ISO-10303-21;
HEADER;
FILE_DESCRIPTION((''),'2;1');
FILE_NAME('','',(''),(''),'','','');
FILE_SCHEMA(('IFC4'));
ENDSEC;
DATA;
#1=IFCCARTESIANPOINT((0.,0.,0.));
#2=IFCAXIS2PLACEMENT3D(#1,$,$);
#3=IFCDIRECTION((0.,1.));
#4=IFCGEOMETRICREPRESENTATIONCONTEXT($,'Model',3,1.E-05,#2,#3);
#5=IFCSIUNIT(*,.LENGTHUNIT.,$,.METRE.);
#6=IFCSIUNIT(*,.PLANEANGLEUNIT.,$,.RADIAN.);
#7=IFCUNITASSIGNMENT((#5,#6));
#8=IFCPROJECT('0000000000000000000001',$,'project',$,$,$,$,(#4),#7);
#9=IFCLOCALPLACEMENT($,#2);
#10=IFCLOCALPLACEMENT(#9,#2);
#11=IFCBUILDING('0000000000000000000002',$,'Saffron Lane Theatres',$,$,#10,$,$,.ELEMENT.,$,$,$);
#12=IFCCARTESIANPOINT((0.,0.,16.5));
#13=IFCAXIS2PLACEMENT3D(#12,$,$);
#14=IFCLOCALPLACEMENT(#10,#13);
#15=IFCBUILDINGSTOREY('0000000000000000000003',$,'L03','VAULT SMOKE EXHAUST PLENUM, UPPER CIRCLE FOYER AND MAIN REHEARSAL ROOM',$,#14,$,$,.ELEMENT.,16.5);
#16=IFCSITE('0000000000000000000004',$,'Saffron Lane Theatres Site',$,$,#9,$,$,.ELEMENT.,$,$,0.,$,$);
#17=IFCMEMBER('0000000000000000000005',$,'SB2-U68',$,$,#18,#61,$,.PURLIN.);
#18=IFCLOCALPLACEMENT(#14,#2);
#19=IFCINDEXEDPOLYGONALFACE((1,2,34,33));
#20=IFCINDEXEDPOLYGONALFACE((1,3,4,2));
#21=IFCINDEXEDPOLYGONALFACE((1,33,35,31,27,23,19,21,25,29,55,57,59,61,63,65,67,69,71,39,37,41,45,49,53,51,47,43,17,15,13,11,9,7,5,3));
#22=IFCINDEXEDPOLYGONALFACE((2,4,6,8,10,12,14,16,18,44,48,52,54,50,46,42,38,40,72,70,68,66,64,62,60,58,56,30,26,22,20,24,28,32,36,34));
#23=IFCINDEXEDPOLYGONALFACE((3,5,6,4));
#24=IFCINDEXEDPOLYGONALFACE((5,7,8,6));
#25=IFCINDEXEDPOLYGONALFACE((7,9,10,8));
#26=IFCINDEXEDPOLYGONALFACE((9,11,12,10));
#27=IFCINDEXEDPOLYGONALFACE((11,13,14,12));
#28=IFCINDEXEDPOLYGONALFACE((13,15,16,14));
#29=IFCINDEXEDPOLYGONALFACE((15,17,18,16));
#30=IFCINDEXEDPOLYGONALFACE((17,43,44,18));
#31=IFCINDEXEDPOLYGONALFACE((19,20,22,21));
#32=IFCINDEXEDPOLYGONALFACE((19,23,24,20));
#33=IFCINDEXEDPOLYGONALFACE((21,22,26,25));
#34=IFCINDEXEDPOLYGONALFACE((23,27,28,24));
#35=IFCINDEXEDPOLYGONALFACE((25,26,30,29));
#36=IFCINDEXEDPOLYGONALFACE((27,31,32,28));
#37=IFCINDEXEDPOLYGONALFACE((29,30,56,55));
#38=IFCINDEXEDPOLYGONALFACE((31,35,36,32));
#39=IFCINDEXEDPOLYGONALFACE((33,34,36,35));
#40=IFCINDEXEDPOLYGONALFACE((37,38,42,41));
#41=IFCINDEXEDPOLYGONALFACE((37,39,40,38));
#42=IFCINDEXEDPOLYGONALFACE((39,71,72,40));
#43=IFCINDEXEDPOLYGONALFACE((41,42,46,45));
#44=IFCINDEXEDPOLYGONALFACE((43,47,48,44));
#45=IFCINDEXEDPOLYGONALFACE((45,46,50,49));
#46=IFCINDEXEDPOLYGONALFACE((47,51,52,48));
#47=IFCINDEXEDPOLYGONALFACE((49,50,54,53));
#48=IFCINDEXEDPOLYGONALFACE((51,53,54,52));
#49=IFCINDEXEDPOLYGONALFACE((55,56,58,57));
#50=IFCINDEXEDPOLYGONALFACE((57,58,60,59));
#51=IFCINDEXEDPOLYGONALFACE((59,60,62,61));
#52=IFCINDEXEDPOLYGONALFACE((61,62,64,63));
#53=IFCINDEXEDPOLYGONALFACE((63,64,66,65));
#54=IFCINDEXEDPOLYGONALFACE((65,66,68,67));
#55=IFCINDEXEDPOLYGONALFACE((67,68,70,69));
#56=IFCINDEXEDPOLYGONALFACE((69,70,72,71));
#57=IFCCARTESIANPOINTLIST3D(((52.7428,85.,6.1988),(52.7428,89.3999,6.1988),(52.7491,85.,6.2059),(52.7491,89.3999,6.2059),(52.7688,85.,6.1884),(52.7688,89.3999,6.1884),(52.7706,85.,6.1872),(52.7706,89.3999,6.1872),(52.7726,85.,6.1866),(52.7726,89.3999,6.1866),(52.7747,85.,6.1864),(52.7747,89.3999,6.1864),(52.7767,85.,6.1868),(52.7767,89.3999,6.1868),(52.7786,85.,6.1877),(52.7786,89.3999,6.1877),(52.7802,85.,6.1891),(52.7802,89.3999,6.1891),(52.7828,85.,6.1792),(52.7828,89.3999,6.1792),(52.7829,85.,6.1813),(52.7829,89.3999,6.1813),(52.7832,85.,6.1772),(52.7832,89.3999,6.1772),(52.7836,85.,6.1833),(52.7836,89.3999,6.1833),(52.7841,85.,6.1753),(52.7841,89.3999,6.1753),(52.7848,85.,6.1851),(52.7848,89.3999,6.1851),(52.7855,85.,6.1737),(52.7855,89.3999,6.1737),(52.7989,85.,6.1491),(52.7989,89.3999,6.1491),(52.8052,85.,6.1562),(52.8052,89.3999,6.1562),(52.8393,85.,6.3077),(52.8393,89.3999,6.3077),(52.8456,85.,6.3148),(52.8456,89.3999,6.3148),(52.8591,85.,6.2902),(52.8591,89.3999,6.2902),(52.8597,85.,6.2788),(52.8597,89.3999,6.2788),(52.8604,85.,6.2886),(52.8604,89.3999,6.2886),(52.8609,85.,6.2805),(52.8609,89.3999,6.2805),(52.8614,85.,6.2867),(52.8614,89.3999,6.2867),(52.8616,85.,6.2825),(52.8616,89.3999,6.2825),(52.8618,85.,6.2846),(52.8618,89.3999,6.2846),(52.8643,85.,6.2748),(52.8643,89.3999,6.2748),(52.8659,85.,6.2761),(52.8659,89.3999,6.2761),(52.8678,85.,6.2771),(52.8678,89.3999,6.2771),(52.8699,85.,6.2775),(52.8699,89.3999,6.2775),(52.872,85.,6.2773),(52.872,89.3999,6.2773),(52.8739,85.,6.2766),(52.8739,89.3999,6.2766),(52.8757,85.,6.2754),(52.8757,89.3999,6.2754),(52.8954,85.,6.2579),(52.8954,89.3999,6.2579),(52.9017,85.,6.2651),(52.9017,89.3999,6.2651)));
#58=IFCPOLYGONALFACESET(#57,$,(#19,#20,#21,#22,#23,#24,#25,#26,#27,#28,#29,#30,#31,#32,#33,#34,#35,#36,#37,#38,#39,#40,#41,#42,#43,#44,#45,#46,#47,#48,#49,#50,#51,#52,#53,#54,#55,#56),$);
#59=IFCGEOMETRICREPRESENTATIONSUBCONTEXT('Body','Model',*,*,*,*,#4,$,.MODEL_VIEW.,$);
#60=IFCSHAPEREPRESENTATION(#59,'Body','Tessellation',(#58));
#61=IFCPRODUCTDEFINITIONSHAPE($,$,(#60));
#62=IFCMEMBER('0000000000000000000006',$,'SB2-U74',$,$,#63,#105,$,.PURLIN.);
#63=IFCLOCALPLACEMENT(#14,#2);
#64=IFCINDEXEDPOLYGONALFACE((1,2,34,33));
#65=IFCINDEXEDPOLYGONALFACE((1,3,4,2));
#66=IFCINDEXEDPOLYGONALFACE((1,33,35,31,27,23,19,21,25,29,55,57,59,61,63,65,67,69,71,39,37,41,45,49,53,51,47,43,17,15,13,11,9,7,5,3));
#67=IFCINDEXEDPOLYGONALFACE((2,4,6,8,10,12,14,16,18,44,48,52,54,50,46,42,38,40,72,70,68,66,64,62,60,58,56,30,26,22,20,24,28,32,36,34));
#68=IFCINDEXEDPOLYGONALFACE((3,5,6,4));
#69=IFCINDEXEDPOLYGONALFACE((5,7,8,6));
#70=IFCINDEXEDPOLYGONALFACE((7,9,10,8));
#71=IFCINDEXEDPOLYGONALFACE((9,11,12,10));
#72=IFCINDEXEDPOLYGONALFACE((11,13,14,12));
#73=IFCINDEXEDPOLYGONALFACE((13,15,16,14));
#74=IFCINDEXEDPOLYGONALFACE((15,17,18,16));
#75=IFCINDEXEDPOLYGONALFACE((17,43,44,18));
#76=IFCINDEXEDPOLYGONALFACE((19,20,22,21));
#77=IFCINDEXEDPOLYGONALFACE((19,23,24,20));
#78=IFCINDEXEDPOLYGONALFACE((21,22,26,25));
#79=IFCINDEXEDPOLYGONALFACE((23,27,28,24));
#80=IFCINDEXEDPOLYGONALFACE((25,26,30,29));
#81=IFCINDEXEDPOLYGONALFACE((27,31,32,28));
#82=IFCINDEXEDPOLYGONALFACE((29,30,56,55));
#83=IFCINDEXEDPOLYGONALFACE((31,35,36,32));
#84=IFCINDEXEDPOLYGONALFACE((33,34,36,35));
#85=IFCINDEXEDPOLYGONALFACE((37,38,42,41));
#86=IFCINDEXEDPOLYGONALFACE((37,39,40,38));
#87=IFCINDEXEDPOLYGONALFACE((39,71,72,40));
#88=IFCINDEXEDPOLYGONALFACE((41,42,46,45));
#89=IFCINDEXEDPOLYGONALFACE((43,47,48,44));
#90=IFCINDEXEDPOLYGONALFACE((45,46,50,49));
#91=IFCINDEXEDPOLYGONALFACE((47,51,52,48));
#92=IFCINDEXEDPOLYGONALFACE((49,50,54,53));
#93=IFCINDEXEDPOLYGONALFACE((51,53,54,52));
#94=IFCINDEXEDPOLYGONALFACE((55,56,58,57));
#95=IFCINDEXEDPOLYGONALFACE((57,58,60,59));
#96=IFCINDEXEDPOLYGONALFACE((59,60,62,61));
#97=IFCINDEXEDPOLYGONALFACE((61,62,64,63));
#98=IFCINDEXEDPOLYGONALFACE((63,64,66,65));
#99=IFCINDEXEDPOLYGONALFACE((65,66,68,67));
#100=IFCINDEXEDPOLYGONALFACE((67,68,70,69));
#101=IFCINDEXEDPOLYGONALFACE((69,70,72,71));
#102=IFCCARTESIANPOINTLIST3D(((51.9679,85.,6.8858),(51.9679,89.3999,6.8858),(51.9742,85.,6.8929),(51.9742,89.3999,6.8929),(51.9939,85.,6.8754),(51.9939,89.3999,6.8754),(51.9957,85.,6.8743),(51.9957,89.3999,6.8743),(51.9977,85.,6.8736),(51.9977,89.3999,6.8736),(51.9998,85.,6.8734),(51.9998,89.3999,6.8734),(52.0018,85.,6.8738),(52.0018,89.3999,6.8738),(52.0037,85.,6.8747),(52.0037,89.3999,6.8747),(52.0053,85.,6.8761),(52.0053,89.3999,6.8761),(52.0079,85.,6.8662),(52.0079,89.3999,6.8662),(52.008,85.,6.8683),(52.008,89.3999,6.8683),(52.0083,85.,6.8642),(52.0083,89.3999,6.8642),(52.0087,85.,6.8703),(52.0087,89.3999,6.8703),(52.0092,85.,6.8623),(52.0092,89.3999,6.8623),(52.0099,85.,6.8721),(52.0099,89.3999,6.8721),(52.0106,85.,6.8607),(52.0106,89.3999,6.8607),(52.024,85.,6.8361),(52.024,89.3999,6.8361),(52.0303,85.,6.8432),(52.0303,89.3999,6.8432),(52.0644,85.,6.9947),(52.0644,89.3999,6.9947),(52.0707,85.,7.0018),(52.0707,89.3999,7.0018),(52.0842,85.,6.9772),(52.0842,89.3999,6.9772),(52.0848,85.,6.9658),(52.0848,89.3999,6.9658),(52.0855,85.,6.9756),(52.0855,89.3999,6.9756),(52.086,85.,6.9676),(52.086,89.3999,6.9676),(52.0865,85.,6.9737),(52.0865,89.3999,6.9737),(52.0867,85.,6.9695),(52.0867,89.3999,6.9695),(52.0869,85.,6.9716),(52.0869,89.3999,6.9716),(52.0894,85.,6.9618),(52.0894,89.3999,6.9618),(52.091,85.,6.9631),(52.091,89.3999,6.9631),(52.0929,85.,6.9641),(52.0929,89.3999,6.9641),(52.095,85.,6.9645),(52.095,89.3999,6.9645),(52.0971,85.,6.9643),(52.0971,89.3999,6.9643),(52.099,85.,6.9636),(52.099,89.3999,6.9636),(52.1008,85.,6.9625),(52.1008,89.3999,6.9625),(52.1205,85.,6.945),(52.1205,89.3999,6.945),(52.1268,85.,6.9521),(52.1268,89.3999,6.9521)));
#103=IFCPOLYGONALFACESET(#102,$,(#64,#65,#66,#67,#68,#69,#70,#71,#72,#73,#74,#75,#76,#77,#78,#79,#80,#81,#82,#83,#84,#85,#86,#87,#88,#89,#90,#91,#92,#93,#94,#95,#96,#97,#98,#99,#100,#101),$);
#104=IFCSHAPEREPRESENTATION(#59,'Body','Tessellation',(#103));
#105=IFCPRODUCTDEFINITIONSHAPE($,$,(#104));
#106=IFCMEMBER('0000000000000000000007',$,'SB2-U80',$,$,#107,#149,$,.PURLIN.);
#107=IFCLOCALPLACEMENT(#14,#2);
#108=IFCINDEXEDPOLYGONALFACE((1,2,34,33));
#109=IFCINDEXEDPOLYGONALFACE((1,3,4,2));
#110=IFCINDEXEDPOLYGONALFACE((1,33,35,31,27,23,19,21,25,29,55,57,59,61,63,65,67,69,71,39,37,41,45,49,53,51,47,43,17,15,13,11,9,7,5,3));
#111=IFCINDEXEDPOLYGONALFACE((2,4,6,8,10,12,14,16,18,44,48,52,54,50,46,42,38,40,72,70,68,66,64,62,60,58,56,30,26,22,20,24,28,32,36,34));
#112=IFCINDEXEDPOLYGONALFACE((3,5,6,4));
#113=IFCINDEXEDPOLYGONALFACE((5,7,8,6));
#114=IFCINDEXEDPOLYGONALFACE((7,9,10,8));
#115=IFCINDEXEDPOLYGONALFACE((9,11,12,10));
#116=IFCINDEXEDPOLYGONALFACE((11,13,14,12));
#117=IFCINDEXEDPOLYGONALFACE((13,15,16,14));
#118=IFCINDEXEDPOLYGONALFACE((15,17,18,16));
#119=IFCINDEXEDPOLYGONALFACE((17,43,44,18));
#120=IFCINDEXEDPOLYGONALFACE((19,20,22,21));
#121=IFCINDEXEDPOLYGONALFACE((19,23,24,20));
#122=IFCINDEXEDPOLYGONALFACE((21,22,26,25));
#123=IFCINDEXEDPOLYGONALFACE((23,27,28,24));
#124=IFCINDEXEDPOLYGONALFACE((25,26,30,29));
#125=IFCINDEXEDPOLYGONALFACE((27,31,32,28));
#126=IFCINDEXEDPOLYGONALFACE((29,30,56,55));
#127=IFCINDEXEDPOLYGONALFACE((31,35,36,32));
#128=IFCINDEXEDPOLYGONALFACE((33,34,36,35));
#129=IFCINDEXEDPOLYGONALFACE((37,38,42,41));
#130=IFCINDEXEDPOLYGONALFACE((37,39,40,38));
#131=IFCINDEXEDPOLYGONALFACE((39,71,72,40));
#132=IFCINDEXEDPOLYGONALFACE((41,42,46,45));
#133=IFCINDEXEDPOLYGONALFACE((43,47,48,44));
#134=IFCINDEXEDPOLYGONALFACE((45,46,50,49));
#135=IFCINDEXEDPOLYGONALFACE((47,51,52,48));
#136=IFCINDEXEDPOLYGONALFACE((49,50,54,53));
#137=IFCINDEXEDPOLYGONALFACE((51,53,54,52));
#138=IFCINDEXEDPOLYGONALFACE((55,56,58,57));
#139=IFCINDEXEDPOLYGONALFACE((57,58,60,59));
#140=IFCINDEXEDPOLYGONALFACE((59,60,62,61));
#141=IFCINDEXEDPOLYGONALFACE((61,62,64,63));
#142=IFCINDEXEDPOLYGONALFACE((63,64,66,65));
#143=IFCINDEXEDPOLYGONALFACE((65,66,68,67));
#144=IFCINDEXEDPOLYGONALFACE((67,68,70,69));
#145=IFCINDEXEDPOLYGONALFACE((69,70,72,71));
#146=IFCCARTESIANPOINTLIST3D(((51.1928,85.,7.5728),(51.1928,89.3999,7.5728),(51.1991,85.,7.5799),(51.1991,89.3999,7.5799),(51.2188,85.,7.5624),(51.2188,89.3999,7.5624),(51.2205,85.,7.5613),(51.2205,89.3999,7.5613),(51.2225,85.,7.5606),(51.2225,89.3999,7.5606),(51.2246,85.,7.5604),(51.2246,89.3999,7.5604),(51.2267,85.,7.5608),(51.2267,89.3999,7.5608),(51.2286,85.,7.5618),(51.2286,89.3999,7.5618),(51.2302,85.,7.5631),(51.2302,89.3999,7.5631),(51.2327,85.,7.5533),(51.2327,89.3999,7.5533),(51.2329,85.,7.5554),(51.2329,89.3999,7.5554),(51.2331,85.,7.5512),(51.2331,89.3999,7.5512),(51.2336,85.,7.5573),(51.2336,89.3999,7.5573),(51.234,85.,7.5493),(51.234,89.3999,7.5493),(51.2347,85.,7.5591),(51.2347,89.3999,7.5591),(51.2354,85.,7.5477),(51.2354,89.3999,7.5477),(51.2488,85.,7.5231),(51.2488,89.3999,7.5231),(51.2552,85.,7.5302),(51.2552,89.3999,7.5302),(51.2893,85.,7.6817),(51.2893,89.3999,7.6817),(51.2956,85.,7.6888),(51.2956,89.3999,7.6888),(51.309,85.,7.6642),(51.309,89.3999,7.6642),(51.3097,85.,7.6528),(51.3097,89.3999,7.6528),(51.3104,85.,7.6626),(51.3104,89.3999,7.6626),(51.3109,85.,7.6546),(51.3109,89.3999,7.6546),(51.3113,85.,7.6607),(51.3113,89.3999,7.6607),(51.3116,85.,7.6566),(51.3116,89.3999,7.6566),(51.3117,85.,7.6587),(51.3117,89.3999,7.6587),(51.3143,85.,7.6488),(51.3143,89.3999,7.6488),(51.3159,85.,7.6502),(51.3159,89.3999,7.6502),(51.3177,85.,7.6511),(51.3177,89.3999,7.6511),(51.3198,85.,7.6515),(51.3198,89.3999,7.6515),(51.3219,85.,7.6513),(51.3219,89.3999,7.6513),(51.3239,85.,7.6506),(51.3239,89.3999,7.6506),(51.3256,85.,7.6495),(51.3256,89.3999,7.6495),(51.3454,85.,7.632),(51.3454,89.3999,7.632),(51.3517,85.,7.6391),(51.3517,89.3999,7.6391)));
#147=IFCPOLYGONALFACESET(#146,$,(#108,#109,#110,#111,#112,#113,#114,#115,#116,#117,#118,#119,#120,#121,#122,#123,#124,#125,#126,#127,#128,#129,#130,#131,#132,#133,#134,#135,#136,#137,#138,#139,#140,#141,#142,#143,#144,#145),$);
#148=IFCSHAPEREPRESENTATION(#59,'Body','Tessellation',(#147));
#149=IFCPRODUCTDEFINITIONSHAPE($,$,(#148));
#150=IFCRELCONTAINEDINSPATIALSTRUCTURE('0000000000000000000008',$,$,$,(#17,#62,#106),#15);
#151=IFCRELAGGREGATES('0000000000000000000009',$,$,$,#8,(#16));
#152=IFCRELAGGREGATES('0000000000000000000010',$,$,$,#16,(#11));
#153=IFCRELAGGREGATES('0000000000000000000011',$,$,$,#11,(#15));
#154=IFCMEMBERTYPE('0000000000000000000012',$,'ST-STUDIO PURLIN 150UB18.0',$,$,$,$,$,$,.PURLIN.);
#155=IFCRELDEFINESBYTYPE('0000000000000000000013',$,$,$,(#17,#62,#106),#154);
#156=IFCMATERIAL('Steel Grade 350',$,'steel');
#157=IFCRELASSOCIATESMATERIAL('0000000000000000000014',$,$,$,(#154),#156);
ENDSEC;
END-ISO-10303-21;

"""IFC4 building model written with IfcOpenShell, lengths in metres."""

from ifc_helpers import new_model, si_unit, direction, frame, origin, origin_2d, place, context, subcontext, project, spatial, i_section, extrude, material, material_profile, profile_set, type_object, element, save


model = new_model("IFC4")

# Units and contexts
model_context = context("Model", 3, precision=1e-05, world=origin(), true_north=direction((0.0, 1.0)))
body_context = subcontext(model_context, "Body", "Model", "MODEL_VIEW")
ifc_project = project(units=[si_unit("LENGTHUNIT", "METRE"), si_unit("PLANEANGLEUNIT", "RADIAN")], contexts=[model_context])

# Site, building, storey
site_placement = place(None, origin())
site = spatial("IfcSite", under=ifc_project, at=site_placement, Name="Saffron Lane Theatres Site", CompositionType="ELEMENT", RefElevation=0.0)
building_placement = place(site_placement, origin())
building = spatial("IfcBuilding", under=site, at=building_placement, Name="Saffron Lane Theatres", CompositionType="ELEMENT")
storey_placement = place(building_placement, frame((0.0, 0.0, 16.5)))
storey = spatial("IfcBuildingStorey", under=building, at=storey_placement, Name="L03", Description="VAULT SMOKE EXHAUST PLENUM, UPPER CIRCLE FOYER AND MAIN REHEARSAL ROOM", CompositionType="ELEMENT", Elevation=16.5)

# Members
ifc_material_1 = material(Name="Steel Grade 350", Category="steel")
ifc_material_profile_1 = material_profile(ifc_material_1, i_section(OverallWidth=0.075, OverallDepth=0.155, WebThickness=0.0061, FlangeThickness=0.0095, FilletRadius=0.0081, at=origin_2d()))
ifc_profile_set_1 = profile_set([ifc_material_profile_1], Name="Steel Grade 350")
member_type_1 = type_object("IfcMemberType", Name="ST-STUDIO PURLIN 150UB18.0", PredefinedType="PURLIN", material=ifc_profile_set_1)
for number, where, z_axis, x_axis, name in (
    (1, (52.8223, 85.0, 6.2319), (0.0, 1.0, 0.0), (-0.748269, 0.0, 0.663396), "SB2-U68"),
    (2, (52.0474, 85.0, 6.9189), (0.0, 1.0, 0.0), (-0.748269, 0.0, 0.663396), "SB2-U74"),
    (3, (51.2722, 85.0, 7.606), (0.0, 1.0, 0.0), (-0.748269, 0.0, 0.663396), "SB2-U80"),
):
    element("IfcMember", number, at=place(storey_placement, frame(where, z_axis=z_axis, x_axis=x_axis)), inside=storey, type_object=member_type_1, Name=name, PredefinedType="PURLIN", context=body_context, shape_type="SweptSolid", body=[
        extrude(i_section(OverallWidth=0.075, OverallDepth=0.155, WebThickness=0.0061, FlangeThickness=0.0095, FilletRadius=0.0081, at=origin_2d()), origin(), (0.0, 0.0, 1.0), 4.3999),
    ])

save(model, "model.ifc")
